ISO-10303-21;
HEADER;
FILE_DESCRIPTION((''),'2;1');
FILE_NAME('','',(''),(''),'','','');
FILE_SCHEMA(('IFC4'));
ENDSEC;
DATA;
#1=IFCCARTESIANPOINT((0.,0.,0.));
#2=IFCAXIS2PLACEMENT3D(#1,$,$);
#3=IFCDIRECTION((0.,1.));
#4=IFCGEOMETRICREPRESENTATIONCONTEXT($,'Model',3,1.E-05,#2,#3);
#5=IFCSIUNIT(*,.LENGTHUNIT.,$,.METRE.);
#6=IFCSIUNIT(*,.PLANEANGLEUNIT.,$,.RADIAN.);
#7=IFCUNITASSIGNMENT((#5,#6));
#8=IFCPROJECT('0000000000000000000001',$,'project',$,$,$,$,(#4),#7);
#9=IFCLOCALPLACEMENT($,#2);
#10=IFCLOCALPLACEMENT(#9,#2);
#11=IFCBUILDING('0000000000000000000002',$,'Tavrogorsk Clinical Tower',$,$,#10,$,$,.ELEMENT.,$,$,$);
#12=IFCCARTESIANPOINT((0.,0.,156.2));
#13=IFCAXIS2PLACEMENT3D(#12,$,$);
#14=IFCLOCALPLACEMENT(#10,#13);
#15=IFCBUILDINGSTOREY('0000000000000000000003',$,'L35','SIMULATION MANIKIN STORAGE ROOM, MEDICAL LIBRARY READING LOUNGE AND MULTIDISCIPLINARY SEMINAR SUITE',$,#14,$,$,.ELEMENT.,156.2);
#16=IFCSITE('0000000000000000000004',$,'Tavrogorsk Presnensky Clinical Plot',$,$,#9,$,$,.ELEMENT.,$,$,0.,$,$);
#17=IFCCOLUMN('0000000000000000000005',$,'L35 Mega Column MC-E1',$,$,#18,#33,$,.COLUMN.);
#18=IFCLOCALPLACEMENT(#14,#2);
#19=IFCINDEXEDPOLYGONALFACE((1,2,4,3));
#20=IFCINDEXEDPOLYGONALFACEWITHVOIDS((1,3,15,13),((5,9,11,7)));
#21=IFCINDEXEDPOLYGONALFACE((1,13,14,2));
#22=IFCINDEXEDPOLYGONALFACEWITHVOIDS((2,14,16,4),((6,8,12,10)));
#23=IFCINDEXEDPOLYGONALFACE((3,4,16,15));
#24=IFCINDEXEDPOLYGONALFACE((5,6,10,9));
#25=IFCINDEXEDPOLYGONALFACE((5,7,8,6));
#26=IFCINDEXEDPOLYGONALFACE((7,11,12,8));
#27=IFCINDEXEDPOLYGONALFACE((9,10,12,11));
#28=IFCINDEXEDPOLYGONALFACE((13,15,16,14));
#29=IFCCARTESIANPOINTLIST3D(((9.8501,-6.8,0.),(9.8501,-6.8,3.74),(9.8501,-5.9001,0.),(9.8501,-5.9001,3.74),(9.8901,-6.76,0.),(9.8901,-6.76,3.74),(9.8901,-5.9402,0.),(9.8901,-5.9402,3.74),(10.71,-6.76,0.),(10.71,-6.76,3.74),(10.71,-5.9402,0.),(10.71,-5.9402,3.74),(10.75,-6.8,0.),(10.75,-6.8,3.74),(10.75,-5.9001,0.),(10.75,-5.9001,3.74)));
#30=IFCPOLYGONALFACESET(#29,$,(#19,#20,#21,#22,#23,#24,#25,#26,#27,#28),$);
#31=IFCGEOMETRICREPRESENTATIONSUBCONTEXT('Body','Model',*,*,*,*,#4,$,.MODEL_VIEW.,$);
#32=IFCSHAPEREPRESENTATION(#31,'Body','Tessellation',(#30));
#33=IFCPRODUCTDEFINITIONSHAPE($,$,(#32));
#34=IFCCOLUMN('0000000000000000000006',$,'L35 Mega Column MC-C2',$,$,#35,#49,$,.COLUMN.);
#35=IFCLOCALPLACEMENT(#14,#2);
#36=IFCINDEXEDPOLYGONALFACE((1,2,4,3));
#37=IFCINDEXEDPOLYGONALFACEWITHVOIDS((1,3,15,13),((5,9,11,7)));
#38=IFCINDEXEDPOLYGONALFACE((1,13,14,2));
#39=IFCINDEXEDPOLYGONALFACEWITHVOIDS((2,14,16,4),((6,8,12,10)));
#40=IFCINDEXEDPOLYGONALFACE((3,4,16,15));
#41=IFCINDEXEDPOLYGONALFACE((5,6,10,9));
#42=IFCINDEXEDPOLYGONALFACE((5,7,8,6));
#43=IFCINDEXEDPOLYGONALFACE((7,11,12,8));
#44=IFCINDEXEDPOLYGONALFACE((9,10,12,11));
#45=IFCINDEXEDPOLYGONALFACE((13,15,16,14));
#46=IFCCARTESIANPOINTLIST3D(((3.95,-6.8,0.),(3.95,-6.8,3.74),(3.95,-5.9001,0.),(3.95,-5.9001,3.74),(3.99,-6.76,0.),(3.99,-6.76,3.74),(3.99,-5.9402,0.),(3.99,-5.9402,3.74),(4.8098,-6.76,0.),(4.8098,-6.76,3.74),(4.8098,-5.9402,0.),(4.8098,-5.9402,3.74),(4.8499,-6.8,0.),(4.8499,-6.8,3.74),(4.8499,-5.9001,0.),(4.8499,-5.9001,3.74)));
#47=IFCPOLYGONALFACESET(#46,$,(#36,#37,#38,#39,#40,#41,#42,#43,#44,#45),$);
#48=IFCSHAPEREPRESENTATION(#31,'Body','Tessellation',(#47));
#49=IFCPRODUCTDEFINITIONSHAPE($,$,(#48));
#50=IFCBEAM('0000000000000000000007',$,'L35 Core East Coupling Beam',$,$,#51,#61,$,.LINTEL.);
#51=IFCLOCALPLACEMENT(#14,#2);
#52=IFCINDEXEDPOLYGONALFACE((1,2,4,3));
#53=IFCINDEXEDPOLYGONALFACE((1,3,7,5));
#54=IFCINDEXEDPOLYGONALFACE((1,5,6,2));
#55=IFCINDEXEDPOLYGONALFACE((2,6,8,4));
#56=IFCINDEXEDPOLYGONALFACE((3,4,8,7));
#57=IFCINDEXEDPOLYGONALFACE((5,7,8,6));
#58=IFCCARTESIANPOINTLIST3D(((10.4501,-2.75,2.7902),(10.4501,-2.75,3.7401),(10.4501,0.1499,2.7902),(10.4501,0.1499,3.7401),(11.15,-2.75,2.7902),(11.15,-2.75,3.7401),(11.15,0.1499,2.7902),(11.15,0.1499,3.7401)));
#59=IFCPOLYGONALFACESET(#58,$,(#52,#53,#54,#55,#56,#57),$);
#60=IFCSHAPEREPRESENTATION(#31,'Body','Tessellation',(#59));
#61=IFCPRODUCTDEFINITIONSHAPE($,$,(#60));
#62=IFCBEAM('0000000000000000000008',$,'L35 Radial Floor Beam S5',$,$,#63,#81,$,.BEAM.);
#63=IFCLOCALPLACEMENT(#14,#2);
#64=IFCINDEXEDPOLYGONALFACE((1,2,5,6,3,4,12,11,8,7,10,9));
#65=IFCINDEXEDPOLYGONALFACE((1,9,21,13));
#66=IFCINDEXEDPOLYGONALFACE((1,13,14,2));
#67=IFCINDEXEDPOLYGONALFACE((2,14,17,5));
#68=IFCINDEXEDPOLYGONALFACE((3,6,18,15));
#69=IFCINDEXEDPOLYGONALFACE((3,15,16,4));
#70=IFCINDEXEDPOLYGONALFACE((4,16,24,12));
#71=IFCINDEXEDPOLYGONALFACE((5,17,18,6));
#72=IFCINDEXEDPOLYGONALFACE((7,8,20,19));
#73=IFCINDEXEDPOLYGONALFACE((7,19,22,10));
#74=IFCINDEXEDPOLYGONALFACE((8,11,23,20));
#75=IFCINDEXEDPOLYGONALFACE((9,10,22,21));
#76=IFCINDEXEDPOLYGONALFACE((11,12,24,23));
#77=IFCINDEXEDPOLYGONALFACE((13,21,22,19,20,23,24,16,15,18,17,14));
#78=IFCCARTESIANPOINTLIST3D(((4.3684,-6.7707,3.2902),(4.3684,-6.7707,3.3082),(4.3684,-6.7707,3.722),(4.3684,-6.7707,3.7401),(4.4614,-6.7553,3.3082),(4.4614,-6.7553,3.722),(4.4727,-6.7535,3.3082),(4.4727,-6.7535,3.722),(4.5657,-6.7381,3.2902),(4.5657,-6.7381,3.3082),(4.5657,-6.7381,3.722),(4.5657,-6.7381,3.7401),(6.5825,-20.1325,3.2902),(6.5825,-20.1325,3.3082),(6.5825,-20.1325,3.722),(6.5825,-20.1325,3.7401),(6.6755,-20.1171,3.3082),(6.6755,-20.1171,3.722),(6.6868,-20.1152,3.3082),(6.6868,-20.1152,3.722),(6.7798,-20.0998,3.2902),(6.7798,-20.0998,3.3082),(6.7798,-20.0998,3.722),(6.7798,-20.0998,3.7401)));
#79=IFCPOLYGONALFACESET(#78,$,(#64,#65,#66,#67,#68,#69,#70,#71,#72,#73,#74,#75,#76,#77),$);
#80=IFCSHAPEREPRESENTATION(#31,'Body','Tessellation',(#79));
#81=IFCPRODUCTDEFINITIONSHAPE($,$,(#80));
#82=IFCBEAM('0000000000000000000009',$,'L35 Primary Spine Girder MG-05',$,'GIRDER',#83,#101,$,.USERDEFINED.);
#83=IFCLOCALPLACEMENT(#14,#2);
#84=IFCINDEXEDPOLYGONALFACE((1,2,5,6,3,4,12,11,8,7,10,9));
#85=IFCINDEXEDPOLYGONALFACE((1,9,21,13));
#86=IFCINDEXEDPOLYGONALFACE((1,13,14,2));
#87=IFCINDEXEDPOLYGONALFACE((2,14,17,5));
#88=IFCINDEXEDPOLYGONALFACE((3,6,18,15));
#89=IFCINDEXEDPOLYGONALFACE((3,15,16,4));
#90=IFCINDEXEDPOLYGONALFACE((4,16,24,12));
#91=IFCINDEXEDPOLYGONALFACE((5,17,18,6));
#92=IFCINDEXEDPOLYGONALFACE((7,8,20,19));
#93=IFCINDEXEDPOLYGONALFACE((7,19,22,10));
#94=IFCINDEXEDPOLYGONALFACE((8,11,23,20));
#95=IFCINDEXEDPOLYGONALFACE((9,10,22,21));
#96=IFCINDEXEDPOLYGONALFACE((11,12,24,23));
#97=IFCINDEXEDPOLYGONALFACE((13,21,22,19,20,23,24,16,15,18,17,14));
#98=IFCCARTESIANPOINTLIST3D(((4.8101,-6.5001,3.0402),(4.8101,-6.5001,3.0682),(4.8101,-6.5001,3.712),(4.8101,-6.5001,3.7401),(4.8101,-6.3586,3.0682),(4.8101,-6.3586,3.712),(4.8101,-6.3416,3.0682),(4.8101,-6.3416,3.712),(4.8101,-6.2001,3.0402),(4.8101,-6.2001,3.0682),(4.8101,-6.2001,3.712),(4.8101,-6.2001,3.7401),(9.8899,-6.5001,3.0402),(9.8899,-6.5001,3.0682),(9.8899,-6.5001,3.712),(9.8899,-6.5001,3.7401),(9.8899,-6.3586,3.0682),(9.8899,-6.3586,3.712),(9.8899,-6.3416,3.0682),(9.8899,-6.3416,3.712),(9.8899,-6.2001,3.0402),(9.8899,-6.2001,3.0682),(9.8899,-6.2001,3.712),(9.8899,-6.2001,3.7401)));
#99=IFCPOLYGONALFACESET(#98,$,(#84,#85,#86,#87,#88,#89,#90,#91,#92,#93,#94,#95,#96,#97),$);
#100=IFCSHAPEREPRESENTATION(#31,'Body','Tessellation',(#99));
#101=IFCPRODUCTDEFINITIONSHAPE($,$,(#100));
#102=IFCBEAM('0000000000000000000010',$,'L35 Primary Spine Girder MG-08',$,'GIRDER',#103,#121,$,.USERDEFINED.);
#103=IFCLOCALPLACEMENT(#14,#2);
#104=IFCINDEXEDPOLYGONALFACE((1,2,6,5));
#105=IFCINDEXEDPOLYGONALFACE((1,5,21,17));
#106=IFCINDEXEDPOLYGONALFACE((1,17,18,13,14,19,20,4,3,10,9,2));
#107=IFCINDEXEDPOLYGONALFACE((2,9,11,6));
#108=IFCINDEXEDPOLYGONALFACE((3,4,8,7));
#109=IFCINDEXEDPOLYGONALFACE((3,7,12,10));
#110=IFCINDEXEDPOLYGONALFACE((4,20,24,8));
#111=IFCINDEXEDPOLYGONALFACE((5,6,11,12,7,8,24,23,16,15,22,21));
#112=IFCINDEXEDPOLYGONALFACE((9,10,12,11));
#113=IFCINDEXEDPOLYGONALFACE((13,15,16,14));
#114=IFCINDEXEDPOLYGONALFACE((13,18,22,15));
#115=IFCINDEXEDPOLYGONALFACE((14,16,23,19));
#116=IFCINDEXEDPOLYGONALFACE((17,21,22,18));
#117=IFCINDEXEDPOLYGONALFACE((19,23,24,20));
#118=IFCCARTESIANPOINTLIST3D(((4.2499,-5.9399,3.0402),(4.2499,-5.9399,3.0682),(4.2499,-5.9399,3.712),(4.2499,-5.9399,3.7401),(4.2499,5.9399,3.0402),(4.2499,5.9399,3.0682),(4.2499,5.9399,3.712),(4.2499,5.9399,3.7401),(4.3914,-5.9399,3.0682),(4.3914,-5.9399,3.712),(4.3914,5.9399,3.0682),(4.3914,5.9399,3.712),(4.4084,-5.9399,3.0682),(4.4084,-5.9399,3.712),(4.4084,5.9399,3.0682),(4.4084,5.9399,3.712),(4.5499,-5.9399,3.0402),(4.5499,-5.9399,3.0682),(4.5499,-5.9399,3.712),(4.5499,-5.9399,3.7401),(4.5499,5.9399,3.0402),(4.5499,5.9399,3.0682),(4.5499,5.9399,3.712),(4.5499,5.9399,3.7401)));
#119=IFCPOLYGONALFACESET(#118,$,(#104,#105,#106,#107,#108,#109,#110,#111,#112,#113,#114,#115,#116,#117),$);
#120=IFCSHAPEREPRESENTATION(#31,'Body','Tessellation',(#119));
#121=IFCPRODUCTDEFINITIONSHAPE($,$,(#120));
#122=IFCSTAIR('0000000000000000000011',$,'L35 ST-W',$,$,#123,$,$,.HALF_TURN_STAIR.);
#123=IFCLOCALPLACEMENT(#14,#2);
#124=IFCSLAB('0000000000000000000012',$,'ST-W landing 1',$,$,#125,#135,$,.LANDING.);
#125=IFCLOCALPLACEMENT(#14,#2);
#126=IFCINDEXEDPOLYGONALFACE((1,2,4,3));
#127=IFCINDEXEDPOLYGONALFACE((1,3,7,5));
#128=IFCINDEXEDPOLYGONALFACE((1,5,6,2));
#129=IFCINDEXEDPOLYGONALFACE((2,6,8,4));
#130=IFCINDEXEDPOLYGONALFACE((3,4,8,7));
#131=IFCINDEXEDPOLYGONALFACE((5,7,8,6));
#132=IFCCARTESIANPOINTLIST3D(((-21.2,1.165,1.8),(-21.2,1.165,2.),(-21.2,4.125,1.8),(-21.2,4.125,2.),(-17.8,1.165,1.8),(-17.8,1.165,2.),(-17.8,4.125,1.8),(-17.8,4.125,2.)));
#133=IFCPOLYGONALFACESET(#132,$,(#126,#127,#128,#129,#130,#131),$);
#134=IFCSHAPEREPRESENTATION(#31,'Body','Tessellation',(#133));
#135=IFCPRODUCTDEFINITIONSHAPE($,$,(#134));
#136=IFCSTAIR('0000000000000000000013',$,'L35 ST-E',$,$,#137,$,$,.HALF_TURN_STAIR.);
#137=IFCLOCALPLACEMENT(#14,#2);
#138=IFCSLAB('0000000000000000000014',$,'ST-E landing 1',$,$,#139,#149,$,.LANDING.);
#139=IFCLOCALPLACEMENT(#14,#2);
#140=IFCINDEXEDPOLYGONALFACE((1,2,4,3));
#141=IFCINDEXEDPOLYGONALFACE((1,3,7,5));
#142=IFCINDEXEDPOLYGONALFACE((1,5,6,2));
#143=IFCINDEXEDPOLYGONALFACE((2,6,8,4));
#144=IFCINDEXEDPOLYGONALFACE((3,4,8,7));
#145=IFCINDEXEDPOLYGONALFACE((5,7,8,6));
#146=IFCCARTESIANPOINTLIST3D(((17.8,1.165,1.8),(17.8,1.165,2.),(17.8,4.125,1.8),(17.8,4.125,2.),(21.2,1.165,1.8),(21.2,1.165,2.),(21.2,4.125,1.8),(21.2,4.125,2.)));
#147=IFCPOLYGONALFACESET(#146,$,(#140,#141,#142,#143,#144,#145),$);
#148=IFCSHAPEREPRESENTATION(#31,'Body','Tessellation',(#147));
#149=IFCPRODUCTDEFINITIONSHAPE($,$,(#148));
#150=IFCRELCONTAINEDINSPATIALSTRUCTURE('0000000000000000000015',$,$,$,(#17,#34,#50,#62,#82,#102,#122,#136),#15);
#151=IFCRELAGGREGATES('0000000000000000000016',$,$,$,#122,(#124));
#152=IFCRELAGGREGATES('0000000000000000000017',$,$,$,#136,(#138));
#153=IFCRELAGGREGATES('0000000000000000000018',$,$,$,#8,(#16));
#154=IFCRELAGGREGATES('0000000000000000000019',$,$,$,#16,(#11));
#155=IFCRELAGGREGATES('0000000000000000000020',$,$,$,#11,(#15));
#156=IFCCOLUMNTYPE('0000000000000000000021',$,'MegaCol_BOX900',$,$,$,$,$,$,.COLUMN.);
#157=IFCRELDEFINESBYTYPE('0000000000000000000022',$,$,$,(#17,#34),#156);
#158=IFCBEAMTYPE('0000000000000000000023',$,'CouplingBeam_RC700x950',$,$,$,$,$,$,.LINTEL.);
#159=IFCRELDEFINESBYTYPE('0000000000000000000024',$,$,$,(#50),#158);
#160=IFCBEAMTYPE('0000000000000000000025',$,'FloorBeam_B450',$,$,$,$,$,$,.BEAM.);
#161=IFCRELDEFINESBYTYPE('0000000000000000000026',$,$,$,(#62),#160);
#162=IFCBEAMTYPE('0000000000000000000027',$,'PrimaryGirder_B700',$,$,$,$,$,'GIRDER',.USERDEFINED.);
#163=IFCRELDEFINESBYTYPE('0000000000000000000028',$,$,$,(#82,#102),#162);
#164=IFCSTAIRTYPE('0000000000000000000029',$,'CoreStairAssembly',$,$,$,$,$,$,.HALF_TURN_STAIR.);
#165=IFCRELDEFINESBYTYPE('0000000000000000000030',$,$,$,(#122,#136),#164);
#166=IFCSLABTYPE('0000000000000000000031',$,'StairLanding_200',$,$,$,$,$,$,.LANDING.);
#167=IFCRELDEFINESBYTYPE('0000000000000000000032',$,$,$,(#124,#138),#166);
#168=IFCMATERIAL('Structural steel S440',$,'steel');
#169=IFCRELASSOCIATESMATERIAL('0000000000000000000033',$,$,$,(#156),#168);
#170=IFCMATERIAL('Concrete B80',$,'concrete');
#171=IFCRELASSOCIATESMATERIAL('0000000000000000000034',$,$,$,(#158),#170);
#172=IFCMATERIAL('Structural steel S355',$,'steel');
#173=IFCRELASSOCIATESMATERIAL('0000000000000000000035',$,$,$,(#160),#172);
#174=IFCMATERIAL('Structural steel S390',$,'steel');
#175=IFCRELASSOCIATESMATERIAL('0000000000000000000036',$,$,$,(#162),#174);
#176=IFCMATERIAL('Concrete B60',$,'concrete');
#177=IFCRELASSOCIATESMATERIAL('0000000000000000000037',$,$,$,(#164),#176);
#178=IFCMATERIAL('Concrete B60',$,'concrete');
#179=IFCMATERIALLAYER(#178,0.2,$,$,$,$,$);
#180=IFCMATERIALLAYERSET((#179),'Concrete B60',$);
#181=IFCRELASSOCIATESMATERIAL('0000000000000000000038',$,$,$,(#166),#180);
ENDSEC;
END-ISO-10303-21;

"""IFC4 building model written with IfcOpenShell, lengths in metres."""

from ifc_helpers import new_model, si_unit, direction, frame, origin, origin_2d, place, context, subcontext, project, spatial, polyline, rectangle, hollow_rectangle, i_section, outline, extrude, material, layer, layer_set, material_profile, profile_set, type_object, element, aggregate, save


model = new_model("IFC4")

# Units and contexts
model_context = context("Model", 3, precision=1e-05, world=origin(), true_north=direction((0.0, 1.0)))
body_context = subcontext(model_context, "Body", "Model", "MODEL_VIEW")
ifc_project = project(units=[si_unit("LENGTHUNIT", "METRE"), si_unit("PLANEANGLEUNIT", "RADIAN")], contexts=[model_context])

# Site, building, storey
site_placement = place(None, origin())
site = spatial("IfcSite", under=ifc_project, at=site_placement, Name="Tavrogorsk Presnensky Clinical Plot", CompositionType="ELEMENT", RefElevation=0.0)
building_placement = place(site_placement, origin())
building = spatial("IfcBuilding", under=site, at=building_placement, Name="Tavrogorsk Clinical Tower", CompositionType="ELEMENT")
storey_placement = place(building_placement, frame((0.0, 0.0, 156.2)))
storey = spatial("IfcBuildingStorey", under=building, at=storey_placement, Name="L35", Description="SIMULATION MANIKIN STORAGE ROOM, MEDICAL LIBRARY READING LOUNGE AND MULTIDISCIPLINARY SEMINAR SUITE", CompositionType="ELEMENT", Elevation=156.2)

# Columns
ifc_material_1 = material(Name="Structural steel S440", Category="steel")
ifc_material_profile_1 = material_profile(ifc_material_1, hollow_rectangle(XDim=0.8999, YDim=0.8999, WallThickness=0.04, at=origin_2d()), Name="BOX-900x900x40")
ifc_profile_set_1 = profile_set([ifc_material_profile_1], Name="Structural steel S440")
column_type = type_object("IfcColumnType", Name="MegaCol_BOX900", PredefinedType="COLUMN", material=ifc_profile_set_1)
for number, where, z_axis, x_axis, name in (
    (1, (10.3, -6.3501, 0.0), (0.0, 0.0, 1.0), (1.0, 0.0, 0.0), "L35 Mega Column MC-E1"),
    (2, (4.3999, -6.3501, 0.0), (0.0, 0.0, 1.0), (1.0, 0.0, 0.0), "L35 Mega Column MC-C2"),
):
    element("IfcColumn", number, at=place(storey_placement, frame(where, z_axis=z_axis, x_axis=x_axis)), inside=storey, type_object=column_type, Name=name, PredefinedType="COLUMN", context=body_context, shape_type="SweptSolid", body=[
        extrude(hollow_rectangle(XDim=0.8999, YDim=0.8999, WallThickness=0.04, at=origin_2d()), origin(), (0.0, 0.0, 1.0), 3.74),
    ])

# Beams
ifc_material_2 = material(Name="Concrete B80", Category="concrete")
ifc_material_profile_2 = material_profile(ifc_material_2, rectangle(XDim=0.7, YDim=0.95, at=origin_2d()), Name="RC-CB-700x950")
ifc_profile_set_2 = profile_set([ifc_material_profile_2], Name="Concrete B80")
beam_type_1 = type_object("IfcBeamType", Name="CouplingBeam_RC700x950", PredefinedType="LINTEL", material=ifc_profile_set_2)
beam_1_placement = place(storey_placement, frame((10.8, -2.75, 3.2651), z_axis=(0.0, 1.0, 0.0), x_axis=(-1.0, 0.0, 0.0)))
element("IfcBeam", 3, at=beam_1_placement, inside=storey, type_object=beam_type_1, Name="L35 Core East Coupling Beam", PredefinedType="LINTEL", context=body_context, shape_type="SweptSolid", body=[
    extrude(rectangle(XDim=0.7, YDim=0.95, at=origin_2d()), origin(), (0.0, 0.0, 1.0), 2.8999),
])
ifc_material_3 = material(Name="Structural steel S355", Category="steel")
ifc_material_profile_3 = material_profile(ifc_material_3, i_section(OverallWidth=0.2, OverallDepth=0.45, WebThickness=0.0115, FlangeThickness=0.0181, at=origin_2d()), Name="B-450x200x11.5x18")
ifc_profile_set_3 = profile_set([ifc_material_profile_3], Name="Structural steel S355")
beam_type_2 = type_object("IfcBeamType", Name="FloorBeam_B450", PredefinedType="BEAM", material=ifc_profile_set_3)
beam_2_placement = place(storey_placement, frame((4.467, -6.7544, 3.5151), z_axis=(0.163475, -0.986547, 0.0), x_axis=(0.986547, 0.163475, 0.0)))
element("IfcBeam", 4, at=beam_2_placement, inside=storey, type_object=beam_type_2, Name="L35 Radial Floor Beam S5", PredefinedType="BEAM", context=body_context, shape_type="SweptSolid", body=[
    extrude(i_section(OverallWidth=0.2, OverallDepth=0.45, WebThickness=0.0115, FlangeThickness=0.0181, at=origin_2d()), origin(), (0.0, 0.0, 1.0), 13.5439),
])
ifc_material_4 = material(Name="Structural steel S390", Category="steel")
ifc_material_profile_4 = material_profile(ifc_material_4, i_section(OverallWidth=0.3, OverallDepth=0.7, WebThickness=0.0171, FlangeThickness=0.0281, at=origin_2d()), Name="B-700x300x17x28")
ifc_profile_set_4 = profile_set([ifc_material_profile_4], Name="Structural steel S390")
beam_type_3 = type_object("IfcBeamType", Name="PrimaryGirder_B700", ElementType="GIRDER", PredefinedType="USERDEFINED", material=ifc_profile_set_4)
beam_3_placement = place(storey_placement, frame((4.8101, -6.3501, 3.3901), z_axis=(1.0, 0.0, 0.0), x_axis=(0.0, 1.0, 0.0)))
element("IfcBeam", 5, at=beam_3_placement, inside=storey, type_object=beam_type_3, Name="L35 Primary Spine Girder MG-05", ObjectType="GIRDER", PredefinedType="USERDEFINED", context=body_context, shape_type="SweptSolid", body=[
    extrude(i_section(OverallWidth=0.3, OverallDepth=0.7, WebThickness=0.0171, FlangeThickness=0.0281, at=origin_2d()), origin(), (0.0, 0.0, 1.0), 5.0798),
])
beam_4_placement = place(storey_placement, frame((4.3999, -5.9399, 3.3901), z_axis=(0.0, 1.0, 0.0), x_axis=(-1.0, 0.0, 0.0)))
element("IfcBeam", 6, at=beam_4_placement, inside=storey, type_object=beam_type_3, Name="L35 Primary Spine Girder MG-08", ObjectType="GIRDER", PredefinedType="USERDEFINED", context=body_context, shape_type="SweptSolid", body=[
    extrude(i_section(OverallWidth=0.3, OverallDepth=0.7, WebThickness=0.0171, FlangeThickness=0.0281, at=origin_2d()), origin(), (0.0, 0.0, 1.0), 11.8799),
])

# Stairs, slabs
ifc_material_5 = material(Name="Concrete B60", Category="concrete")
stair_type = type_object("IfcStairType", Name="CoreStairAssembly", PredefinedType="HALF_TURN_STAIR", material=ifc_material_5)
stair_1_placement = place(storey_placement, origin())
stair_1 = element("IfcStair", 7, at=stair_1_placement, inside=storey, type_object=stair_type, Name="L35 ST-W", PredefinedType="HALF_TURN_STAIR")
ifc_material_6 = material(Name="Concrete B60", Category="concrete")
ifc_layer_1 = layer(ifc_material_6, 0.2)
ifc_layer_set_1 = layer_set([ifc_layer_1], Name="Concrete B60")
slab_type_1 = type_object("IfcSlabType", Name="StairLanding_200", PredefinedType="LANDING", material=ifc_layer_set_1)
slab_1_placement = place(storey_placement, frame((0.0, 0.0, 1.8)))
slab_1 = element("IfcSlab", 8, at=slab_1_placement, type_object=slab_type_1, Name="ST-W landing 1", PredefinedType="LANDING", context=body_context, shape_type="SweptSolid", body=[
    extrude(outline(polyline([(-17.8, 1.165), (-17.8, 4.125), (-21.2, 4.125), (-21.2, 1.165), (-17.8, 1.165)])), origin(), (0.0, 0.0, 1.0), 0.2),
])
aggregate(stair_1, [slab_1])
stair_2_placement = place(storey_placement, origin())
stair_2 = element("IfcStair", 9, at=stair_2_placement, inside=storey, type_object=stair_type, Name="L35 ST-E", PredefinedType="HALF_TURN_STAIR")
slab_2_placement = place(storey_placement, frame((0.0, 0.0, 1.8)))
slab_2 = element("IfcSlab", 10, at=slab_2_placement, type_object=slab_type_1, Name="ST-E landing 1", PredefinedType="LANDING", context=body_context, shape_type="SweptSolid", body=[
    extrude(outline(polyline([(21.2, 1.165), (21.2, 4.125), (17.8, 4.125), (17.8, 1.165), (21.2, 1.165)])), origin(), (0.0, 0.0, 1.0), 0.2),
])
aggregate(stair_2, [slab_2])

save(model, "model.ifc")
